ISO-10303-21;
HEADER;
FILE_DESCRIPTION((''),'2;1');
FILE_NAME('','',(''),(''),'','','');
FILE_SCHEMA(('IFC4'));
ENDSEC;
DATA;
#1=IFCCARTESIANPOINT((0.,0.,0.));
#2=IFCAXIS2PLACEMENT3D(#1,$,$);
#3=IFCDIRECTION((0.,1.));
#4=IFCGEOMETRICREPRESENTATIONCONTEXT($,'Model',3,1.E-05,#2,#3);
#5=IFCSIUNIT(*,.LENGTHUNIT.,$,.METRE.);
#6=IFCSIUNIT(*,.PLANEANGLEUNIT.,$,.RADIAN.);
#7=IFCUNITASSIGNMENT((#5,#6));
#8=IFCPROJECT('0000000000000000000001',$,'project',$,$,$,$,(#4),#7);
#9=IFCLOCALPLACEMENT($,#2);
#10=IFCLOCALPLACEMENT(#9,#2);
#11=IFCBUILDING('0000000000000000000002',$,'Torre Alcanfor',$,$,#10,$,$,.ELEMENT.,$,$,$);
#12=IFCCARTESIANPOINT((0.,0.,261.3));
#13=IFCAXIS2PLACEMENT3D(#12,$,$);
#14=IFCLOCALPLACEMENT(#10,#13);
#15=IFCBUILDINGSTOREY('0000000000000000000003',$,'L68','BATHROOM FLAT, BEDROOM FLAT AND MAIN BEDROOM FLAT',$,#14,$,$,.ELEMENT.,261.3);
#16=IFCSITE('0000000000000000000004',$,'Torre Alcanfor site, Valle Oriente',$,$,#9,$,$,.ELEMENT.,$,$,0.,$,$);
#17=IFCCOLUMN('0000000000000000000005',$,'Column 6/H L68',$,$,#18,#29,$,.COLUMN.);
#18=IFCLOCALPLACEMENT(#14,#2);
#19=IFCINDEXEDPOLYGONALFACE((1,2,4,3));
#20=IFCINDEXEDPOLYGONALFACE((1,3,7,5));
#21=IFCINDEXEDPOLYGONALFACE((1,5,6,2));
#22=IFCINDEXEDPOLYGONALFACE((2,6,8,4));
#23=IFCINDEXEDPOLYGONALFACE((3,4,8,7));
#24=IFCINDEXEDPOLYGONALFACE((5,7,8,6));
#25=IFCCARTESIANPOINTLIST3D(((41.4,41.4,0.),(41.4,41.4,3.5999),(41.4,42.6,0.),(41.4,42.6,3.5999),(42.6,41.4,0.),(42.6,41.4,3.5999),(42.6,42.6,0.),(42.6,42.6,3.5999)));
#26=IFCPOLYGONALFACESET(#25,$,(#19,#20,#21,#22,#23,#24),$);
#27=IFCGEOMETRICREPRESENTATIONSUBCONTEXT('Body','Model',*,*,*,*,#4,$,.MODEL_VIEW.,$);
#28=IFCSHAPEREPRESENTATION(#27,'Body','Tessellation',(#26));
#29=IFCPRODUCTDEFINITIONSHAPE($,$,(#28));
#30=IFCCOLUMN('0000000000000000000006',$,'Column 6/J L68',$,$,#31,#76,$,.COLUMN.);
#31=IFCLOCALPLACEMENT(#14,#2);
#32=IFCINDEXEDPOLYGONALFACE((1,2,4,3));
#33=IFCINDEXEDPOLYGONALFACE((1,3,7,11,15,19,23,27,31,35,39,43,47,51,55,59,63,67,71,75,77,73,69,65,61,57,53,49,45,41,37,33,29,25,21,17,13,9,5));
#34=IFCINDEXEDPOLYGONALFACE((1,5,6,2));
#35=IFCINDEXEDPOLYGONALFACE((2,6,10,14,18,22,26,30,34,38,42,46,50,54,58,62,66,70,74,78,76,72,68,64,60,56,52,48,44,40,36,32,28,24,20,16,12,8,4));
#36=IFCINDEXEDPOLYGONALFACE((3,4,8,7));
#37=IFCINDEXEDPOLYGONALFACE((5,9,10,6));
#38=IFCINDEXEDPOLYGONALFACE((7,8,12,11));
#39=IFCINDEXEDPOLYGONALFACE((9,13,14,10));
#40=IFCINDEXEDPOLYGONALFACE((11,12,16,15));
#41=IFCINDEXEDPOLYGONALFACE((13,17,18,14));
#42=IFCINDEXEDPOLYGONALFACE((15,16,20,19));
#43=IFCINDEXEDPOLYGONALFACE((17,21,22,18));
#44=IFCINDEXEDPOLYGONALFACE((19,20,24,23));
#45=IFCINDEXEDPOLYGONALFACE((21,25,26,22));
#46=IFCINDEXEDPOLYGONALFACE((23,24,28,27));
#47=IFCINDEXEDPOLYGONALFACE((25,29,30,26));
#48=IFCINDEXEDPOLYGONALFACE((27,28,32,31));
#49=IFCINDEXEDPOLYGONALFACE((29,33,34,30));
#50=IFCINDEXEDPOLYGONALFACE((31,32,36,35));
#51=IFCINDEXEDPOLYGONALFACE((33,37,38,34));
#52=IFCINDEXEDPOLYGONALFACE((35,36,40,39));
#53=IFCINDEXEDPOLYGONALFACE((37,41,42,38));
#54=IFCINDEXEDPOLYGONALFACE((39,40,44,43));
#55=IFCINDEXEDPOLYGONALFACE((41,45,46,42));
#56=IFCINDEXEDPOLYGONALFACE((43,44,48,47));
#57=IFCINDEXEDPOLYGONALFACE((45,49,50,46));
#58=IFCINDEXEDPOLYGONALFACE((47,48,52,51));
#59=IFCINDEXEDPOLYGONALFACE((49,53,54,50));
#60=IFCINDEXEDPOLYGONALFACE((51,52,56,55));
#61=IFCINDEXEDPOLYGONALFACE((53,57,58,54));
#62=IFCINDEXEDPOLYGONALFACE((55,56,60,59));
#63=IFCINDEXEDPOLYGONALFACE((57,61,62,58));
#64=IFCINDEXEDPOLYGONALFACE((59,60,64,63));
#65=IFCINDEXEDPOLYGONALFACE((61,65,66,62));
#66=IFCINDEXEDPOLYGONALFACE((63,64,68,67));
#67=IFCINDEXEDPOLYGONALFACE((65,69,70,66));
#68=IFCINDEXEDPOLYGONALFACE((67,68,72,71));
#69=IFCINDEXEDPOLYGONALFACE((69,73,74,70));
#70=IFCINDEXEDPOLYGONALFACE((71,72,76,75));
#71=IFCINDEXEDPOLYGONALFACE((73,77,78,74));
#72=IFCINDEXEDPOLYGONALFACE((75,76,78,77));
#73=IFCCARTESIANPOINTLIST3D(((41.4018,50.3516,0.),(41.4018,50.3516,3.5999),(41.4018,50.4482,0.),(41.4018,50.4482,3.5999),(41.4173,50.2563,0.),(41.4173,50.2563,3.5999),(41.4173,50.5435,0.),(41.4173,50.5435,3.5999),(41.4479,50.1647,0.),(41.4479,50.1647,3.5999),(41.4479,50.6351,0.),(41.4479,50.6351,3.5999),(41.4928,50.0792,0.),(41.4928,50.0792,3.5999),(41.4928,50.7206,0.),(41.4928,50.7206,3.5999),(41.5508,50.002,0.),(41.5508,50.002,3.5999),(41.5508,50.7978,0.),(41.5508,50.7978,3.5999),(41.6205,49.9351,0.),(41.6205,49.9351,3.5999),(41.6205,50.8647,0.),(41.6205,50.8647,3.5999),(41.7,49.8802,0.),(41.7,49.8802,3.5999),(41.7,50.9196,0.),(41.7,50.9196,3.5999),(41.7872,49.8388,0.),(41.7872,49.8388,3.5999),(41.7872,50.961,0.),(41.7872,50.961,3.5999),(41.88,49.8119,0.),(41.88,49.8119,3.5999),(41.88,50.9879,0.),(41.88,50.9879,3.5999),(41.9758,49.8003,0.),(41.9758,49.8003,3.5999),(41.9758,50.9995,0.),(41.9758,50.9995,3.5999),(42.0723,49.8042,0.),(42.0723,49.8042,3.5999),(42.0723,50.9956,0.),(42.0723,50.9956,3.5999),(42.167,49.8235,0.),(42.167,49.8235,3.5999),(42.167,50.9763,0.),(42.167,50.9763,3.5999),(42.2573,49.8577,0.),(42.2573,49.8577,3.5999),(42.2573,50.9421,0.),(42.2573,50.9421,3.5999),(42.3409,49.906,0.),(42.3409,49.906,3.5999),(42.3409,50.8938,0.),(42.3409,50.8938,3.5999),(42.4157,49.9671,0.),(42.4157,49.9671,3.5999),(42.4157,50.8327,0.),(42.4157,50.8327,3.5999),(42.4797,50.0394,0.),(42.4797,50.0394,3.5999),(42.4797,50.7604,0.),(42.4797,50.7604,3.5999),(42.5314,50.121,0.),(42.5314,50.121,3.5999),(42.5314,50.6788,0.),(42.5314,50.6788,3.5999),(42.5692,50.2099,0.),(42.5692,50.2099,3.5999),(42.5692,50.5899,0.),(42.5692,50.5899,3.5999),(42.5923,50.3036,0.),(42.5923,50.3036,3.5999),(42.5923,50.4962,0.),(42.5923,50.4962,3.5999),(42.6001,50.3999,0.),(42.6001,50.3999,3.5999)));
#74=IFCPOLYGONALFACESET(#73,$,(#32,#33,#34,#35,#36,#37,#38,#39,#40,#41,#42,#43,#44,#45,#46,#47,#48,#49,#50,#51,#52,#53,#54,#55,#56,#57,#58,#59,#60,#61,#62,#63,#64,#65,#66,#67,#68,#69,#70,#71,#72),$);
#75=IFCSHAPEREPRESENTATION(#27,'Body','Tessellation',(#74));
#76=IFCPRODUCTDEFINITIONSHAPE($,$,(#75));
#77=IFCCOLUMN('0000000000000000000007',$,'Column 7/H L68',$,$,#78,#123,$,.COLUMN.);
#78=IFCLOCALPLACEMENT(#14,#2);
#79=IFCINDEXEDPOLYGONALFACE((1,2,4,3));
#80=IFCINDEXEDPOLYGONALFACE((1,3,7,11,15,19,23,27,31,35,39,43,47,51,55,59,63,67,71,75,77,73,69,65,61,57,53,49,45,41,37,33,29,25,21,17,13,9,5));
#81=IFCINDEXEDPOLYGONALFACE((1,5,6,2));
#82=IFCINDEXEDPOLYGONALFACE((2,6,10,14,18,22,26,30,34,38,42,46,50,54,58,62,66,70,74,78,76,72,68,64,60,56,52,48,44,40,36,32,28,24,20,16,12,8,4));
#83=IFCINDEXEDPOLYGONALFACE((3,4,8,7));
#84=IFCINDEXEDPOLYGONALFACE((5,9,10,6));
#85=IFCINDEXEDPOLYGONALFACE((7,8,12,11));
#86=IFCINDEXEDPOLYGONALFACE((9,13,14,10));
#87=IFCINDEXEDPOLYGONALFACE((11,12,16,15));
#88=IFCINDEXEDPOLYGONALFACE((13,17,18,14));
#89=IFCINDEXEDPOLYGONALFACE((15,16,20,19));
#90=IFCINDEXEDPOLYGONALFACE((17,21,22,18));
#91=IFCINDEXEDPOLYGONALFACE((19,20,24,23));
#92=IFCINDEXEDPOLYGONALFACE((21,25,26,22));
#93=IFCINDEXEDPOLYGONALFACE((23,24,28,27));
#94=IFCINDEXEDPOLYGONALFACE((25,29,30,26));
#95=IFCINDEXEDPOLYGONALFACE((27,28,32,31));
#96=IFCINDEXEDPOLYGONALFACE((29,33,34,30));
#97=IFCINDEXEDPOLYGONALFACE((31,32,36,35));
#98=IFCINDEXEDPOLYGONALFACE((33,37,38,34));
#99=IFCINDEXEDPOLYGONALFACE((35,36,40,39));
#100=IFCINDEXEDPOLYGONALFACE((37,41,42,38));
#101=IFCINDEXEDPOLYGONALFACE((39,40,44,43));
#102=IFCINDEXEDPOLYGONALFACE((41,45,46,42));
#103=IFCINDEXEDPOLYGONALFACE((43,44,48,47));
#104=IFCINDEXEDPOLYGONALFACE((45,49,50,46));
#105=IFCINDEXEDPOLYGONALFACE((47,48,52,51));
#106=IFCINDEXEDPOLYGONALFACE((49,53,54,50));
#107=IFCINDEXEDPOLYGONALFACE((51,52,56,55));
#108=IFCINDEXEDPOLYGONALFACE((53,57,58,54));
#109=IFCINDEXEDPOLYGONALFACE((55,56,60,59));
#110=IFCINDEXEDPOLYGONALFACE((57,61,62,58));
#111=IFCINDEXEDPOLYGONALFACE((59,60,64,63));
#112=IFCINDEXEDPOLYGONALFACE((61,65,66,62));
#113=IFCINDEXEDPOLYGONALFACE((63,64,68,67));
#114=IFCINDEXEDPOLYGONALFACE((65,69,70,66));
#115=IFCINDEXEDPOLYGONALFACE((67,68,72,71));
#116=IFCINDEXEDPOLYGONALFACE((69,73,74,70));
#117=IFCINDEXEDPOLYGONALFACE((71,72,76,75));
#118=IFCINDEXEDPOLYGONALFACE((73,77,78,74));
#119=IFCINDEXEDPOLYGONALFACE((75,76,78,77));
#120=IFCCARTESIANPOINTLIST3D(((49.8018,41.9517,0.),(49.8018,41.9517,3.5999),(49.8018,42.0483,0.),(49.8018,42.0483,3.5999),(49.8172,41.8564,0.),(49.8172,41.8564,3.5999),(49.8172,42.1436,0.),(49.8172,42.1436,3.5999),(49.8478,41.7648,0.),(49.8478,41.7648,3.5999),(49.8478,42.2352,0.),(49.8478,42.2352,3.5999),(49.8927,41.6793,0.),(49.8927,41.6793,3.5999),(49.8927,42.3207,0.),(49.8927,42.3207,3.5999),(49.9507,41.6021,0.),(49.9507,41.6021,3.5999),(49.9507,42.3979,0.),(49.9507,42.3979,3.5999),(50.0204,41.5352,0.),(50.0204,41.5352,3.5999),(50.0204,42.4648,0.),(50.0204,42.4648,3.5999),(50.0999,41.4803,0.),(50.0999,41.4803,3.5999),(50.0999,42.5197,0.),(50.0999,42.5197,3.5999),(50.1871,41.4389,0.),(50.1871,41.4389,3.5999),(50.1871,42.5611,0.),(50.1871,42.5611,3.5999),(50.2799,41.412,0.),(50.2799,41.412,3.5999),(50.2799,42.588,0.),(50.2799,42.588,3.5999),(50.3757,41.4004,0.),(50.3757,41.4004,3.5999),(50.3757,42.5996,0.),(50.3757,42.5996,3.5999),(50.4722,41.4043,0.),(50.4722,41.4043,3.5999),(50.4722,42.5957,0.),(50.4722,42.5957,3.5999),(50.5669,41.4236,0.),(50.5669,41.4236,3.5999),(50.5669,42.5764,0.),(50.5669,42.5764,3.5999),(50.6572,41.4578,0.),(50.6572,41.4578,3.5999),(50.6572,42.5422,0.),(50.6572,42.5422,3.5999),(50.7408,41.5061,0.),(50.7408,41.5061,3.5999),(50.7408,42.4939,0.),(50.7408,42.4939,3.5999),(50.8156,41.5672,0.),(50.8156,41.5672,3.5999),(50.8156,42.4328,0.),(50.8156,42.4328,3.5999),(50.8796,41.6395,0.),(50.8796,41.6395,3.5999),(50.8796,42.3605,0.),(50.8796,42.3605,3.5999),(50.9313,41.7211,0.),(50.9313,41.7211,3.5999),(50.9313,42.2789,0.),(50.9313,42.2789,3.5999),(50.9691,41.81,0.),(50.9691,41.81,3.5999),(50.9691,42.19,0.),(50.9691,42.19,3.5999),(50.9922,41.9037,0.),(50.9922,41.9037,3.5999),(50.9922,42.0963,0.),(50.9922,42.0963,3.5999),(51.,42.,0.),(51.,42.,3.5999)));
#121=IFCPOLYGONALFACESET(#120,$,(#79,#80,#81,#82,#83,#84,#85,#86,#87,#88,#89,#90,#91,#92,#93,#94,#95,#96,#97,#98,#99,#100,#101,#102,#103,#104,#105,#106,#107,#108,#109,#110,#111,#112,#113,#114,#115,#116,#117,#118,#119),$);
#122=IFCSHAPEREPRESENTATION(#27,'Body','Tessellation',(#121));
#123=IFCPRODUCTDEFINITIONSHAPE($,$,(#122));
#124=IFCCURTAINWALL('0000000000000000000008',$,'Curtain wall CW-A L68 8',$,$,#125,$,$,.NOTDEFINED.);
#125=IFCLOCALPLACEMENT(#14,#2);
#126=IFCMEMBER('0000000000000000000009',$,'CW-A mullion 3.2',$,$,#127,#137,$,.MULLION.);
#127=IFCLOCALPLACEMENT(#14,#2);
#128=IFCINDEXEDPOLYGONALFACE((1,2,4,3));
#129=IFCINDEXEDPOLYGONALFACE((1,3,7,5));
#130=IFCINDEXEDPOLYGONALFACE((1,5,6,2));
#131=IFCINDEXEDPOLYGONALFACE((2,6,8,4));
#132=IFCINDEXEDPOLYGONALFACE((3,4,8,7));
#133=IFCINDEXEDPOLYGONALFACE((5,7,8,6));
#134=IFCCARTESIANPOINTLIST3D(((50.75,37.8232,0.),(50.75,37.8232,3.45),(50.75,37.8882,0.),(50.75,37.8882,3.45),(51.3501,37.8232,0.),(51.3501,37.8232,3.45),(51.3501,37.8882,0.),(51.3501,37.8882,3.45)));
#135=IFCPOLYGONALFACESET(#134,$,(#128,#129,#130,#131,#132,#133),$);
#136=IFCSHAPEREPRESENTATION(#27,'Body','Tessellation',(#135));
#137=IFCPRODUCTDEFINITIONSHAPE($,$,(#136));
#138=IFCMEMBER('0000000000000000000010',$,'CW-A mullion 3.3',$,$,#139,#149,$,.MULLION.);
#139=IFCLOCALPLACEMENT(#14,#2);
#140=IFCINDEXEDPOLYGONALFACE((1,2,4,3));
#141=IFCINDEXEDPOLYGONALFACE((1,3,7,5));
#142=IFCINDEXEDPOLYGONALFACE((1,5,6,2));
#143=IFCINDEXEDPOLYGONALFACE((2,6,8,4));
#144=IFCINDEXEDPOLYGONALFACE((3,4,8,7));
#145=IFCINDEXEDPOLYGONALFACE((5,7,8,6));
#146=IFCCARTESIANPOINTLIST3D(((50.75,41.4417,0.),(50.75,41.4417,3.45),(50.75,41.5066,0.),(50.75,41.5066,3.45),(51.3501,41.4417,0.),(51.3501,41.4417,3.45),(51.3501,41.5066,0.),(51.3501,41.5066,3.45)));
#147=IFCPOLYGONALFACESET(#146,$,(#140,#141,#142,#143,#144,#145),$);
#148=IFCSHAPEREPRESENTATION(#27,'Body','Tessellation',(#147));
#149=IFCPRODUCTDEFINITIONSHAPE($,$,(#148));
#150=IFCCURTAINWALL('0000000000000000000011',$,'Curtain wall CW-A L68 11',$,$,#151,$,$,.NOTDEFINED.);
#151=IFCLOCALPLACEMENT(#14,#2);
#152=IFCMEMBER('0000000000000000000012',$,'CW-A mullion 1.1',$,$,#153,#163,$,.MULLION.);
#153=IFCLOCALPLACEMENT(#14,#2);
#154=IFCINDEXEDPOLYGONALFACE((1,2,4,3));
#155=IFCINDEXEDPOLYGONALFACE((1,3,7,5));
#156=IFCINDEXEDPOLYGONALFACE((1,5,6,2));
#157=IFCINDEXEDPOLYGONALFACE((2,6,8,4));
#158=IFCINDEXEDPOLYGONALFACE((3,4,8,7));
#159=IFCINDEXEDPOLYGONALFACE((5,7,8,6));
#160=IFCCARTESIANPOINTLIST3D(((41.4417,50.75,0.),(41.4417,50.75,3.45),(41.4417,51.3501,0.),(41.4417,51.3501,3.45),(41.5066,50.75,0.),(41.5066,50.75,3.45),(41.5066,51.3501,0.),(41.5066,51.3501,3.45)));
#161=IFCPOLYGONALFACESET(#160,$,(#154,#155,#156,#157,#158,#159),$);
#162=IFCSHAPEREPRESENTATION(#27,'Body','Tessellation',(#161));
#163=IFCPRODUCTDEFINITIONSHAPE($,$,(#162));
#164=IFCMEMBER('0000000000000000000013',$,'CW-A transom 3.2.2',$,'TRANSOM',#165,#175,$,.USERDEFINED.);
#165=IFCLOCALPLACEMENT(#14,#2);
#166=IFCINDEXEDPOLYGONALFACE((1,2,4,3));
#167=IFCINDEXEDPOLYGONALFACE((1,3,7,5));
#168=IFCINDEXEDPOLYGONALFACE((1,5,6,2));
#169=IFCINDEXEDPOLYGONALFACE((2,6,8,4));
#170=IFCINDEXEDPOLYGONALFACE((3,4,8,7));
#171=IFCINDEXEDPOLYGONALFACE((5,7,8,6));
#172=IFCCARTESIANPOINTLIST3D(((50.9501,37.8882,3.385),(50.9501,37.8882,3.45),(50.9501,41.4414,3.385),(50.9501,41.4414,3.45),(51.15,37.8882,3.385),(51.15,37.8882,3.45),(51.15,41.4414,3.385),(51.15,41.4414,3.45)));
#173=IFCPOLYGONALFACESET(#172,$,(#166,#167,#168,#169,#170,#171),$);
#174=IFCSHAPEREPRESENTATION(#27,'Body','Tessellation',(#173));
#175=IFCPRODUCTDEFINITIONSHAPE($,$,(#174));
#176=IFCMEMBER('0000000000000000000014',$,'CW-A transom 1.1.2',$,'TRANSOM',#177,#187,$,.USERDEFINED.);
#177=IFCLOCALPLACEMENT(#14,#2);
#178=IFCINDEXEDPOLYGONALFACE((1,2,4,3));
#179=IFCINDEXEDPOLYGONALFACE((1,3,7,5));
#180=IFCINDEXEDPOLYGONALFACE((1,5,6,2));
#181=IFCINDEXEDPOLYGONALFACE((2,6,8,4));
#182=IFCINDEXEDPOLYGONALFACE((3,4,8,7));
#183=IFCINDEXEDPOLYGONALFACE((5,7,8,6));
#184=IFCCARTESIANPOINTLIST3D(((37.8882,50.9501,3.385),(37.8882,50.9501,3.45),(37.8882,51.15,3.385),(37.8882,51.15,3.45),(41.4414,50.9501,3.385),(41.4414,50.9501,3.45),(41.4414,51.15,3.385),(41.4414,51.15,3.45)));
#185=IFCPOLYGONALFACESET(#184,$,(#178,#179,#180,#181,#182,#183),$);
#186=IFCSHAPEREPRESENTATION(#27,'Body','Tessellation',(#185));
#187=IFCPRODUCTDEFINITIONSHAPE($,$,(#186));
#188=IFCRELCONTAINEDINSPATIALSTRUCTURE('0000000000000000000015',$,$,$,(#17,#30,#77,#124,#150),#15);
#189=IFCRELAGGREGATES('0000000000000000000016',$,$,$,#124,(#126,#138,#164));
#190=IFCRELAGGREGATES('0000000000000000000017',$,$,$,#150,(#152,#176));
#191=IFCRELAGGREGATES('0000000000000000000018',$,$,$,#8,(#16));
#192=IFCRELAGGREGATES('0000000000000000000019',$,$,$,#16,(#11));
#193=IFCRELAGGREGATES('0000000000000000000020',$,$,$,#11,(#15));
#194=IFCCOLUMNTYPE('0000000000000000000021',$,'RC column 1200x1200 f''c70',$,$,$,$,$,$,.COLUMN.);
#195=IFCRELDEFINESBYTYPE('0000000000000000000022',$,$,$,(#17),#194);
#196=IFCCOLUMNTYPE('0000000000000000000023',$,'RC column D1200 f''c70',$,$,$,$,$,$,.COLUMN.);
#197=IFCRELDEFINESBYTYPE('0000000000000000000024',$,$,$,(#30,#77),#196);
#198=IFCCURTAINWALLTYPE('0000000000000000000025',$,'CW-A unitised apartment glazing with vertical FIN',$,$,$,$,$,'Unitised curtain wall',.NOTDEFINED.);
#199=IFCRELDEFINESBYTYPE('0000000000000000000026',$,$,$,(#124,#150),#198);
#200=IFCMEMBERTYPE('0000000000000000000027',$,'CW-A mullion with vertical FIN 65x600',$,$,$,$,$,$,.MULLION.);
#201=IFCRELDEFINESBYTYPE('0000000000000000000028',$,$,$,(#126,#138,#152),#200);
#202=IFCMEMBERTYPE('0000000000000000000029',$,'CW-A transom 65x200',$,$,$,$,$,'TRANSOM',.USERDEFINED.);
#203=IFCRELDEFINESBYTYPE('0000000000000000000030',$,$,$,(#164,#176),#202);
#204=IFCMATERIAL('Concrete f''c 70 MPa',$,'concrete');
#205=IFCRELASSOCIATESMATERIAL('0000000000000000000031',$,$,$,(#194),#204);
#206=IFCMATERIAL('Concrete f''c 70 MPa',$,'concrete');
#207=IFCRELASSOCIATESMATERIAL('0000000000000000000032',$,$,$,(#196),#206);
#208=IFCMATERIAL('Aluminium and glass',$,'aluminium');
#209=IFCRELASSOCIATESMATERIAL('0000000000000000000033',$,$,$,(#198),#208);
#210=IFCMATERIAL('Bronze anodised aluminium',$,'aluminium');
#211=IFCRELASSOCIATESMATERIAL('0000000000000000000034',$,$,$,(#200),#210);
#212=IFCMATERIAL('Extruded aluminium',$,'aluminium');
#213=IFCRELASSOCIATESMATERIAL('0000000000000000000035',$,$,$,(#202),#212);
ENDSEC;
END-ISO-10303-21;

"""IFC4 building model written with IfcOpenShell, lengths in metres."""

from ifc_helpers import new_model, si_unit, direction, frame, origin, origin_2d, place, context, subcontext, project, spatial, rectangle, circle, extrude, material, material_profile, profile_set, type_object, element, aggregate, save


model = new_model("IFC4")

# Units and contexts
model_context = context("Model", 3, precision=1e-05, world=origin(), true_north=direction((0.0, 1.0)))
body_context = subcontext(model_context, "Body", "Model", "MODEL_VIEW")
ifc_project = project(units=[si_unit("LENGTHUNIT", "METRE"), si_unit("PLANEANGLEUNIT", "RADIAN")], contexts=[model_context])

# Site, building, storey
site_placement = place(None, origin())
site = spatial("IfcSite", under=ifc_project, at=site_placement, Name="Torre Alcanfor site, Valle Oriente", CompositionType="ELEMENT", RefElevation=0.0)
building_placement = place(site_placement, origin())
building = spatial("IfcBuilding", under=site, at=building_placement, Name="Torre Alcanfor", CompositionType="ELEMENT")
storey_placement = place(building_placement, frame((0.0, 0.0, 261.3)))
storey = spatial("IfcBuildingStorey", under=building, at=storey_placement, Name="L68", Description="BATHROOM FLAT, BEDROOM FLAT AND MAIN BEDROOM FLAT", CompositionType="ELEMENT", Elevation=261.3)

# Columns
ifc_material_1 = material(Name="Concrete f'c 70 MPa", Category="concrete")
ifc_material_profile_1 = material_profile(ifc_material_1, rectangle(XDim=1.2, YDim=1.2, at=origin_2d()), Name="1200x1200")
ifc_profile_set_1 = profile_set([ifc_material_profile_1], Name="Concrete f'c 70 MPa")
column_type_1 = type_object("IfcColumnType", Name="RC column 1200x1200 f'c70", PredefinedType="COLUMN", material=ifc_profile_set_1)
column_placement = place(storey_placement, frame((42.0, 42.0, 0.0), z_axis=(0.0, 0.0, 1.0), x_axis=(1.0, 0.0, 0.0)))
element("IfcColumn", 1, at=column_placement, inside=storey, type_object=column_type_1, Name="Column 6/H L68", PredefinedType="COLUMN", context=body_context, shape_type="SweptSolid", body=[
    extrude(rectangle(XDim=1.2, YDim=1.2, at=origin_2d()), origin(), (0.0, 0.0, 1.0), 3.5999),
])
ifc_material_2 = material(Name="Concrete f'c 70 MPa", Category="concrete")
ifc_material_profile_2 = material_profile(ifc_material_2, circle(Radius=0.6001, at=origin_2d()), Name="D1200")
ifc_profile_set_2 = profile_set([ifc_material_profile_2], Name="Concrete f'c 70 MPa")
column_type_2 = type_object("IfcColumnType", Name="RC column D1200 f'c70", PredefinedType="COLUMN", material=ifc_profile_set_2)
for number, where, z_axis, x_axis, name in (
    (2, (42.0, 50.3999, 0.0), (0.0, 0.0, 1.0), (1.0, 0.0, 0.0), "Column 6/J L68"),
    (3, (50.3999, 42.0, 0.0), (0.0, 0.0, 1.0), (1.0, 0.0, 0.0), "Column 7/H L68"),
):
    element("IfcColumn", number, at=place(storey_placement, frame(where, z_axis=z_axis, x_axis=x_axis)), inside=storey, type_object=column_type_2, Name=name, PredefinedType="COLUMN", context=body_context, shape_type="SweptSolid", body=[
        extrude(circle(Radius=0.6001, at=origin_2d()), origin(), (0.0, 0.0, 1.0), 3.5999),
    ])

# Curtain wall, members
ifc_material_3 = material(Name="Aluminium and glass", Category="aluminium")
curtain_wall_type = type_object("IfcCurtainWallType", Name="CW-A unitised apartment glazing with vertical FIN", ElementType="Unitised curtain wall", PredefinedType="NOTDEFINED", material=ifc_material_3)
curtain_wall_1_placement = place(storey_placement, origin())
curtain_wall_1 = element("IfcCurtainWall", 4, at=curtain_wall_1_placement, inside=storey, type_object=curtain_wall_type, Name="Curtain wall CW-A L68 8", PredefinedType="NOTDEFINED")
ifc_material_4 = material(Name="Bronze anodised aluminium", Category="aluminium")
ifc_material_profile_3 = material_profile(ifc_material_4, rectangle(XDim=0.6001, YDim=0.0649, at=origin_2d()), Name="CW-A mullion 65x600")
ifc_profile_set_3 = profile_set([ifc_material_profile_3], Name="Bronze anodised aluminium")
member_type_1 = type_object("IfcMemberType", Name="CW-A mullion with vertical FIN 65x600", PredefinedType="MULLION", material=ifc_profile_set_3)
member_1_placement = place(storey_placement, frame((51.05, 37.8557, 0.0), z_axis=(0.0, 0.0, 1.0), x_axis=(-1.0, 0.0, 0.0)))
member_1 = element("IfcMember", 5, at=member_1_placement, type_object=member_type_1, Name="CW-A mullion 3.2", PredefinedType="MULLION", context=body_context, shape_type="SweptSolid", body=[
    extrude(rectangle(XDim=0.6001, YDim=0.0649, at=origin_2d()), origin(), (0.0, 0.0, 1.0), 3.45),
])
member_2_placement = place(storey_placement, frame((51.05, 41.4741, 0.0), z_axis=(0.0, 0.0, 1.0), x_axis=(-1.0, 0.0, 0.0)))
member_2 = element("IfcMember", 6, at=member_2_placement, type_object=member_type_1, Name="CW-A mullion 3.3", PredefinedType="MULLION", context=body_context, shape_type="SweptSolid", body=[
    extrude(rectangle(XDim=0.6001, YDim=0.0649, at=origin_2d()), origin(), (0.0, 0.0, 1.0), 3.45),
])

# Curtain wall, member
curtain_wall_2_placement = place(storey_placement, origin())
curtain_wall_2 = element("IfcCurtainWall", 7, at=curtain_wall_2_placement, inside=storey, type_object=curtain_wall_type, Name="Curtain wall CW-A L68 11", PredefinedType="NOTDEFINED")
member_3_placement = place(storey_placement, frame((41.4741, 51.05, 0.0), z_axis=(0.0, 0.0, 1.0), x_axis=(0.0, -1.0, 0.0)))
member_3 = element("IfcMember", 8, at=member_3_placement, type_object=member_type_1, Name="CW-A mullion 1.1", PredefinedType="MULLION", context=body_context, shape_type="SweptSolid", body=[
    extrude(rectangle(XDim=0.6001, YDim=0.0649, at=origin_2d()), origin(), (0.0, 0.0, 1.0), 3.45),
])

# Members
ifc_material_5 = material(Name="Extruded aluminium", Category="aluminium")
ifc_material_profile_4 = material_profile(ifc_material_5, rectangle(XDim=0.2, YDim=0.0649, at=origin_2d()), Name="CW-A transom 200x65")
ifc_profile_set_4 = profile_set([ifc_material_profile_4], Name="Extruded aluminium")
member_type_2 = type_object("IfcMemberType", Name="CW-A transom 65x200", ElementType="TRANSOM", PredefinedType="USERDEFINED", material=ifc_profile_set_4)
member_4_placement = place(storey_placement, frame((51.05, 37.8882, 3.4175), z_axis=(0.0, 1.0, 0.0), x_axis=(-1.0, 0.0, 0.0)))
member_4 = element("IfcMember", 9, at=member_4_placement, type_object=member_type_2, Name="CW-A transom 3.2.2", ObjectType="TRANSOM", PredefinedType="USERDEFINED", context=body_context, shape_type="SweptSolid", body=[
    extrude(rectangle(XDim=0.2, YDim=0.0649, at=origin_2d()), origin(), (0.0, 0.0, 1.0), 3.5532),
])
member_5_placement = place(storey_placement, frame((41.4414, 51.05, 3.4175), z_axis=(-1.0, 0.0, 0.0), x_axis=(0.0, -1.0, 0.0)))
member_5 = element("IfcMember", 10, at=member_5_placement, type_object=member_type_2, Name="CW-A transom 1.1.2", ObjectType="TRANSOM", PredefinedType="USERDEFINED", context=body_context, shape_type="SweptSolid", body=[
    extrude(rectangle(XDim=0.2, YDim=0.0649, at=origin_2d()), origin(), (0.0, 0.0, 1.0), 3.5532),
])

aggregate(curtain_wall_1, [member_1, member_2, member_4])
aggregate(curtain_wall_2, [member_3, member_5])

save(model, "model.ifc")
